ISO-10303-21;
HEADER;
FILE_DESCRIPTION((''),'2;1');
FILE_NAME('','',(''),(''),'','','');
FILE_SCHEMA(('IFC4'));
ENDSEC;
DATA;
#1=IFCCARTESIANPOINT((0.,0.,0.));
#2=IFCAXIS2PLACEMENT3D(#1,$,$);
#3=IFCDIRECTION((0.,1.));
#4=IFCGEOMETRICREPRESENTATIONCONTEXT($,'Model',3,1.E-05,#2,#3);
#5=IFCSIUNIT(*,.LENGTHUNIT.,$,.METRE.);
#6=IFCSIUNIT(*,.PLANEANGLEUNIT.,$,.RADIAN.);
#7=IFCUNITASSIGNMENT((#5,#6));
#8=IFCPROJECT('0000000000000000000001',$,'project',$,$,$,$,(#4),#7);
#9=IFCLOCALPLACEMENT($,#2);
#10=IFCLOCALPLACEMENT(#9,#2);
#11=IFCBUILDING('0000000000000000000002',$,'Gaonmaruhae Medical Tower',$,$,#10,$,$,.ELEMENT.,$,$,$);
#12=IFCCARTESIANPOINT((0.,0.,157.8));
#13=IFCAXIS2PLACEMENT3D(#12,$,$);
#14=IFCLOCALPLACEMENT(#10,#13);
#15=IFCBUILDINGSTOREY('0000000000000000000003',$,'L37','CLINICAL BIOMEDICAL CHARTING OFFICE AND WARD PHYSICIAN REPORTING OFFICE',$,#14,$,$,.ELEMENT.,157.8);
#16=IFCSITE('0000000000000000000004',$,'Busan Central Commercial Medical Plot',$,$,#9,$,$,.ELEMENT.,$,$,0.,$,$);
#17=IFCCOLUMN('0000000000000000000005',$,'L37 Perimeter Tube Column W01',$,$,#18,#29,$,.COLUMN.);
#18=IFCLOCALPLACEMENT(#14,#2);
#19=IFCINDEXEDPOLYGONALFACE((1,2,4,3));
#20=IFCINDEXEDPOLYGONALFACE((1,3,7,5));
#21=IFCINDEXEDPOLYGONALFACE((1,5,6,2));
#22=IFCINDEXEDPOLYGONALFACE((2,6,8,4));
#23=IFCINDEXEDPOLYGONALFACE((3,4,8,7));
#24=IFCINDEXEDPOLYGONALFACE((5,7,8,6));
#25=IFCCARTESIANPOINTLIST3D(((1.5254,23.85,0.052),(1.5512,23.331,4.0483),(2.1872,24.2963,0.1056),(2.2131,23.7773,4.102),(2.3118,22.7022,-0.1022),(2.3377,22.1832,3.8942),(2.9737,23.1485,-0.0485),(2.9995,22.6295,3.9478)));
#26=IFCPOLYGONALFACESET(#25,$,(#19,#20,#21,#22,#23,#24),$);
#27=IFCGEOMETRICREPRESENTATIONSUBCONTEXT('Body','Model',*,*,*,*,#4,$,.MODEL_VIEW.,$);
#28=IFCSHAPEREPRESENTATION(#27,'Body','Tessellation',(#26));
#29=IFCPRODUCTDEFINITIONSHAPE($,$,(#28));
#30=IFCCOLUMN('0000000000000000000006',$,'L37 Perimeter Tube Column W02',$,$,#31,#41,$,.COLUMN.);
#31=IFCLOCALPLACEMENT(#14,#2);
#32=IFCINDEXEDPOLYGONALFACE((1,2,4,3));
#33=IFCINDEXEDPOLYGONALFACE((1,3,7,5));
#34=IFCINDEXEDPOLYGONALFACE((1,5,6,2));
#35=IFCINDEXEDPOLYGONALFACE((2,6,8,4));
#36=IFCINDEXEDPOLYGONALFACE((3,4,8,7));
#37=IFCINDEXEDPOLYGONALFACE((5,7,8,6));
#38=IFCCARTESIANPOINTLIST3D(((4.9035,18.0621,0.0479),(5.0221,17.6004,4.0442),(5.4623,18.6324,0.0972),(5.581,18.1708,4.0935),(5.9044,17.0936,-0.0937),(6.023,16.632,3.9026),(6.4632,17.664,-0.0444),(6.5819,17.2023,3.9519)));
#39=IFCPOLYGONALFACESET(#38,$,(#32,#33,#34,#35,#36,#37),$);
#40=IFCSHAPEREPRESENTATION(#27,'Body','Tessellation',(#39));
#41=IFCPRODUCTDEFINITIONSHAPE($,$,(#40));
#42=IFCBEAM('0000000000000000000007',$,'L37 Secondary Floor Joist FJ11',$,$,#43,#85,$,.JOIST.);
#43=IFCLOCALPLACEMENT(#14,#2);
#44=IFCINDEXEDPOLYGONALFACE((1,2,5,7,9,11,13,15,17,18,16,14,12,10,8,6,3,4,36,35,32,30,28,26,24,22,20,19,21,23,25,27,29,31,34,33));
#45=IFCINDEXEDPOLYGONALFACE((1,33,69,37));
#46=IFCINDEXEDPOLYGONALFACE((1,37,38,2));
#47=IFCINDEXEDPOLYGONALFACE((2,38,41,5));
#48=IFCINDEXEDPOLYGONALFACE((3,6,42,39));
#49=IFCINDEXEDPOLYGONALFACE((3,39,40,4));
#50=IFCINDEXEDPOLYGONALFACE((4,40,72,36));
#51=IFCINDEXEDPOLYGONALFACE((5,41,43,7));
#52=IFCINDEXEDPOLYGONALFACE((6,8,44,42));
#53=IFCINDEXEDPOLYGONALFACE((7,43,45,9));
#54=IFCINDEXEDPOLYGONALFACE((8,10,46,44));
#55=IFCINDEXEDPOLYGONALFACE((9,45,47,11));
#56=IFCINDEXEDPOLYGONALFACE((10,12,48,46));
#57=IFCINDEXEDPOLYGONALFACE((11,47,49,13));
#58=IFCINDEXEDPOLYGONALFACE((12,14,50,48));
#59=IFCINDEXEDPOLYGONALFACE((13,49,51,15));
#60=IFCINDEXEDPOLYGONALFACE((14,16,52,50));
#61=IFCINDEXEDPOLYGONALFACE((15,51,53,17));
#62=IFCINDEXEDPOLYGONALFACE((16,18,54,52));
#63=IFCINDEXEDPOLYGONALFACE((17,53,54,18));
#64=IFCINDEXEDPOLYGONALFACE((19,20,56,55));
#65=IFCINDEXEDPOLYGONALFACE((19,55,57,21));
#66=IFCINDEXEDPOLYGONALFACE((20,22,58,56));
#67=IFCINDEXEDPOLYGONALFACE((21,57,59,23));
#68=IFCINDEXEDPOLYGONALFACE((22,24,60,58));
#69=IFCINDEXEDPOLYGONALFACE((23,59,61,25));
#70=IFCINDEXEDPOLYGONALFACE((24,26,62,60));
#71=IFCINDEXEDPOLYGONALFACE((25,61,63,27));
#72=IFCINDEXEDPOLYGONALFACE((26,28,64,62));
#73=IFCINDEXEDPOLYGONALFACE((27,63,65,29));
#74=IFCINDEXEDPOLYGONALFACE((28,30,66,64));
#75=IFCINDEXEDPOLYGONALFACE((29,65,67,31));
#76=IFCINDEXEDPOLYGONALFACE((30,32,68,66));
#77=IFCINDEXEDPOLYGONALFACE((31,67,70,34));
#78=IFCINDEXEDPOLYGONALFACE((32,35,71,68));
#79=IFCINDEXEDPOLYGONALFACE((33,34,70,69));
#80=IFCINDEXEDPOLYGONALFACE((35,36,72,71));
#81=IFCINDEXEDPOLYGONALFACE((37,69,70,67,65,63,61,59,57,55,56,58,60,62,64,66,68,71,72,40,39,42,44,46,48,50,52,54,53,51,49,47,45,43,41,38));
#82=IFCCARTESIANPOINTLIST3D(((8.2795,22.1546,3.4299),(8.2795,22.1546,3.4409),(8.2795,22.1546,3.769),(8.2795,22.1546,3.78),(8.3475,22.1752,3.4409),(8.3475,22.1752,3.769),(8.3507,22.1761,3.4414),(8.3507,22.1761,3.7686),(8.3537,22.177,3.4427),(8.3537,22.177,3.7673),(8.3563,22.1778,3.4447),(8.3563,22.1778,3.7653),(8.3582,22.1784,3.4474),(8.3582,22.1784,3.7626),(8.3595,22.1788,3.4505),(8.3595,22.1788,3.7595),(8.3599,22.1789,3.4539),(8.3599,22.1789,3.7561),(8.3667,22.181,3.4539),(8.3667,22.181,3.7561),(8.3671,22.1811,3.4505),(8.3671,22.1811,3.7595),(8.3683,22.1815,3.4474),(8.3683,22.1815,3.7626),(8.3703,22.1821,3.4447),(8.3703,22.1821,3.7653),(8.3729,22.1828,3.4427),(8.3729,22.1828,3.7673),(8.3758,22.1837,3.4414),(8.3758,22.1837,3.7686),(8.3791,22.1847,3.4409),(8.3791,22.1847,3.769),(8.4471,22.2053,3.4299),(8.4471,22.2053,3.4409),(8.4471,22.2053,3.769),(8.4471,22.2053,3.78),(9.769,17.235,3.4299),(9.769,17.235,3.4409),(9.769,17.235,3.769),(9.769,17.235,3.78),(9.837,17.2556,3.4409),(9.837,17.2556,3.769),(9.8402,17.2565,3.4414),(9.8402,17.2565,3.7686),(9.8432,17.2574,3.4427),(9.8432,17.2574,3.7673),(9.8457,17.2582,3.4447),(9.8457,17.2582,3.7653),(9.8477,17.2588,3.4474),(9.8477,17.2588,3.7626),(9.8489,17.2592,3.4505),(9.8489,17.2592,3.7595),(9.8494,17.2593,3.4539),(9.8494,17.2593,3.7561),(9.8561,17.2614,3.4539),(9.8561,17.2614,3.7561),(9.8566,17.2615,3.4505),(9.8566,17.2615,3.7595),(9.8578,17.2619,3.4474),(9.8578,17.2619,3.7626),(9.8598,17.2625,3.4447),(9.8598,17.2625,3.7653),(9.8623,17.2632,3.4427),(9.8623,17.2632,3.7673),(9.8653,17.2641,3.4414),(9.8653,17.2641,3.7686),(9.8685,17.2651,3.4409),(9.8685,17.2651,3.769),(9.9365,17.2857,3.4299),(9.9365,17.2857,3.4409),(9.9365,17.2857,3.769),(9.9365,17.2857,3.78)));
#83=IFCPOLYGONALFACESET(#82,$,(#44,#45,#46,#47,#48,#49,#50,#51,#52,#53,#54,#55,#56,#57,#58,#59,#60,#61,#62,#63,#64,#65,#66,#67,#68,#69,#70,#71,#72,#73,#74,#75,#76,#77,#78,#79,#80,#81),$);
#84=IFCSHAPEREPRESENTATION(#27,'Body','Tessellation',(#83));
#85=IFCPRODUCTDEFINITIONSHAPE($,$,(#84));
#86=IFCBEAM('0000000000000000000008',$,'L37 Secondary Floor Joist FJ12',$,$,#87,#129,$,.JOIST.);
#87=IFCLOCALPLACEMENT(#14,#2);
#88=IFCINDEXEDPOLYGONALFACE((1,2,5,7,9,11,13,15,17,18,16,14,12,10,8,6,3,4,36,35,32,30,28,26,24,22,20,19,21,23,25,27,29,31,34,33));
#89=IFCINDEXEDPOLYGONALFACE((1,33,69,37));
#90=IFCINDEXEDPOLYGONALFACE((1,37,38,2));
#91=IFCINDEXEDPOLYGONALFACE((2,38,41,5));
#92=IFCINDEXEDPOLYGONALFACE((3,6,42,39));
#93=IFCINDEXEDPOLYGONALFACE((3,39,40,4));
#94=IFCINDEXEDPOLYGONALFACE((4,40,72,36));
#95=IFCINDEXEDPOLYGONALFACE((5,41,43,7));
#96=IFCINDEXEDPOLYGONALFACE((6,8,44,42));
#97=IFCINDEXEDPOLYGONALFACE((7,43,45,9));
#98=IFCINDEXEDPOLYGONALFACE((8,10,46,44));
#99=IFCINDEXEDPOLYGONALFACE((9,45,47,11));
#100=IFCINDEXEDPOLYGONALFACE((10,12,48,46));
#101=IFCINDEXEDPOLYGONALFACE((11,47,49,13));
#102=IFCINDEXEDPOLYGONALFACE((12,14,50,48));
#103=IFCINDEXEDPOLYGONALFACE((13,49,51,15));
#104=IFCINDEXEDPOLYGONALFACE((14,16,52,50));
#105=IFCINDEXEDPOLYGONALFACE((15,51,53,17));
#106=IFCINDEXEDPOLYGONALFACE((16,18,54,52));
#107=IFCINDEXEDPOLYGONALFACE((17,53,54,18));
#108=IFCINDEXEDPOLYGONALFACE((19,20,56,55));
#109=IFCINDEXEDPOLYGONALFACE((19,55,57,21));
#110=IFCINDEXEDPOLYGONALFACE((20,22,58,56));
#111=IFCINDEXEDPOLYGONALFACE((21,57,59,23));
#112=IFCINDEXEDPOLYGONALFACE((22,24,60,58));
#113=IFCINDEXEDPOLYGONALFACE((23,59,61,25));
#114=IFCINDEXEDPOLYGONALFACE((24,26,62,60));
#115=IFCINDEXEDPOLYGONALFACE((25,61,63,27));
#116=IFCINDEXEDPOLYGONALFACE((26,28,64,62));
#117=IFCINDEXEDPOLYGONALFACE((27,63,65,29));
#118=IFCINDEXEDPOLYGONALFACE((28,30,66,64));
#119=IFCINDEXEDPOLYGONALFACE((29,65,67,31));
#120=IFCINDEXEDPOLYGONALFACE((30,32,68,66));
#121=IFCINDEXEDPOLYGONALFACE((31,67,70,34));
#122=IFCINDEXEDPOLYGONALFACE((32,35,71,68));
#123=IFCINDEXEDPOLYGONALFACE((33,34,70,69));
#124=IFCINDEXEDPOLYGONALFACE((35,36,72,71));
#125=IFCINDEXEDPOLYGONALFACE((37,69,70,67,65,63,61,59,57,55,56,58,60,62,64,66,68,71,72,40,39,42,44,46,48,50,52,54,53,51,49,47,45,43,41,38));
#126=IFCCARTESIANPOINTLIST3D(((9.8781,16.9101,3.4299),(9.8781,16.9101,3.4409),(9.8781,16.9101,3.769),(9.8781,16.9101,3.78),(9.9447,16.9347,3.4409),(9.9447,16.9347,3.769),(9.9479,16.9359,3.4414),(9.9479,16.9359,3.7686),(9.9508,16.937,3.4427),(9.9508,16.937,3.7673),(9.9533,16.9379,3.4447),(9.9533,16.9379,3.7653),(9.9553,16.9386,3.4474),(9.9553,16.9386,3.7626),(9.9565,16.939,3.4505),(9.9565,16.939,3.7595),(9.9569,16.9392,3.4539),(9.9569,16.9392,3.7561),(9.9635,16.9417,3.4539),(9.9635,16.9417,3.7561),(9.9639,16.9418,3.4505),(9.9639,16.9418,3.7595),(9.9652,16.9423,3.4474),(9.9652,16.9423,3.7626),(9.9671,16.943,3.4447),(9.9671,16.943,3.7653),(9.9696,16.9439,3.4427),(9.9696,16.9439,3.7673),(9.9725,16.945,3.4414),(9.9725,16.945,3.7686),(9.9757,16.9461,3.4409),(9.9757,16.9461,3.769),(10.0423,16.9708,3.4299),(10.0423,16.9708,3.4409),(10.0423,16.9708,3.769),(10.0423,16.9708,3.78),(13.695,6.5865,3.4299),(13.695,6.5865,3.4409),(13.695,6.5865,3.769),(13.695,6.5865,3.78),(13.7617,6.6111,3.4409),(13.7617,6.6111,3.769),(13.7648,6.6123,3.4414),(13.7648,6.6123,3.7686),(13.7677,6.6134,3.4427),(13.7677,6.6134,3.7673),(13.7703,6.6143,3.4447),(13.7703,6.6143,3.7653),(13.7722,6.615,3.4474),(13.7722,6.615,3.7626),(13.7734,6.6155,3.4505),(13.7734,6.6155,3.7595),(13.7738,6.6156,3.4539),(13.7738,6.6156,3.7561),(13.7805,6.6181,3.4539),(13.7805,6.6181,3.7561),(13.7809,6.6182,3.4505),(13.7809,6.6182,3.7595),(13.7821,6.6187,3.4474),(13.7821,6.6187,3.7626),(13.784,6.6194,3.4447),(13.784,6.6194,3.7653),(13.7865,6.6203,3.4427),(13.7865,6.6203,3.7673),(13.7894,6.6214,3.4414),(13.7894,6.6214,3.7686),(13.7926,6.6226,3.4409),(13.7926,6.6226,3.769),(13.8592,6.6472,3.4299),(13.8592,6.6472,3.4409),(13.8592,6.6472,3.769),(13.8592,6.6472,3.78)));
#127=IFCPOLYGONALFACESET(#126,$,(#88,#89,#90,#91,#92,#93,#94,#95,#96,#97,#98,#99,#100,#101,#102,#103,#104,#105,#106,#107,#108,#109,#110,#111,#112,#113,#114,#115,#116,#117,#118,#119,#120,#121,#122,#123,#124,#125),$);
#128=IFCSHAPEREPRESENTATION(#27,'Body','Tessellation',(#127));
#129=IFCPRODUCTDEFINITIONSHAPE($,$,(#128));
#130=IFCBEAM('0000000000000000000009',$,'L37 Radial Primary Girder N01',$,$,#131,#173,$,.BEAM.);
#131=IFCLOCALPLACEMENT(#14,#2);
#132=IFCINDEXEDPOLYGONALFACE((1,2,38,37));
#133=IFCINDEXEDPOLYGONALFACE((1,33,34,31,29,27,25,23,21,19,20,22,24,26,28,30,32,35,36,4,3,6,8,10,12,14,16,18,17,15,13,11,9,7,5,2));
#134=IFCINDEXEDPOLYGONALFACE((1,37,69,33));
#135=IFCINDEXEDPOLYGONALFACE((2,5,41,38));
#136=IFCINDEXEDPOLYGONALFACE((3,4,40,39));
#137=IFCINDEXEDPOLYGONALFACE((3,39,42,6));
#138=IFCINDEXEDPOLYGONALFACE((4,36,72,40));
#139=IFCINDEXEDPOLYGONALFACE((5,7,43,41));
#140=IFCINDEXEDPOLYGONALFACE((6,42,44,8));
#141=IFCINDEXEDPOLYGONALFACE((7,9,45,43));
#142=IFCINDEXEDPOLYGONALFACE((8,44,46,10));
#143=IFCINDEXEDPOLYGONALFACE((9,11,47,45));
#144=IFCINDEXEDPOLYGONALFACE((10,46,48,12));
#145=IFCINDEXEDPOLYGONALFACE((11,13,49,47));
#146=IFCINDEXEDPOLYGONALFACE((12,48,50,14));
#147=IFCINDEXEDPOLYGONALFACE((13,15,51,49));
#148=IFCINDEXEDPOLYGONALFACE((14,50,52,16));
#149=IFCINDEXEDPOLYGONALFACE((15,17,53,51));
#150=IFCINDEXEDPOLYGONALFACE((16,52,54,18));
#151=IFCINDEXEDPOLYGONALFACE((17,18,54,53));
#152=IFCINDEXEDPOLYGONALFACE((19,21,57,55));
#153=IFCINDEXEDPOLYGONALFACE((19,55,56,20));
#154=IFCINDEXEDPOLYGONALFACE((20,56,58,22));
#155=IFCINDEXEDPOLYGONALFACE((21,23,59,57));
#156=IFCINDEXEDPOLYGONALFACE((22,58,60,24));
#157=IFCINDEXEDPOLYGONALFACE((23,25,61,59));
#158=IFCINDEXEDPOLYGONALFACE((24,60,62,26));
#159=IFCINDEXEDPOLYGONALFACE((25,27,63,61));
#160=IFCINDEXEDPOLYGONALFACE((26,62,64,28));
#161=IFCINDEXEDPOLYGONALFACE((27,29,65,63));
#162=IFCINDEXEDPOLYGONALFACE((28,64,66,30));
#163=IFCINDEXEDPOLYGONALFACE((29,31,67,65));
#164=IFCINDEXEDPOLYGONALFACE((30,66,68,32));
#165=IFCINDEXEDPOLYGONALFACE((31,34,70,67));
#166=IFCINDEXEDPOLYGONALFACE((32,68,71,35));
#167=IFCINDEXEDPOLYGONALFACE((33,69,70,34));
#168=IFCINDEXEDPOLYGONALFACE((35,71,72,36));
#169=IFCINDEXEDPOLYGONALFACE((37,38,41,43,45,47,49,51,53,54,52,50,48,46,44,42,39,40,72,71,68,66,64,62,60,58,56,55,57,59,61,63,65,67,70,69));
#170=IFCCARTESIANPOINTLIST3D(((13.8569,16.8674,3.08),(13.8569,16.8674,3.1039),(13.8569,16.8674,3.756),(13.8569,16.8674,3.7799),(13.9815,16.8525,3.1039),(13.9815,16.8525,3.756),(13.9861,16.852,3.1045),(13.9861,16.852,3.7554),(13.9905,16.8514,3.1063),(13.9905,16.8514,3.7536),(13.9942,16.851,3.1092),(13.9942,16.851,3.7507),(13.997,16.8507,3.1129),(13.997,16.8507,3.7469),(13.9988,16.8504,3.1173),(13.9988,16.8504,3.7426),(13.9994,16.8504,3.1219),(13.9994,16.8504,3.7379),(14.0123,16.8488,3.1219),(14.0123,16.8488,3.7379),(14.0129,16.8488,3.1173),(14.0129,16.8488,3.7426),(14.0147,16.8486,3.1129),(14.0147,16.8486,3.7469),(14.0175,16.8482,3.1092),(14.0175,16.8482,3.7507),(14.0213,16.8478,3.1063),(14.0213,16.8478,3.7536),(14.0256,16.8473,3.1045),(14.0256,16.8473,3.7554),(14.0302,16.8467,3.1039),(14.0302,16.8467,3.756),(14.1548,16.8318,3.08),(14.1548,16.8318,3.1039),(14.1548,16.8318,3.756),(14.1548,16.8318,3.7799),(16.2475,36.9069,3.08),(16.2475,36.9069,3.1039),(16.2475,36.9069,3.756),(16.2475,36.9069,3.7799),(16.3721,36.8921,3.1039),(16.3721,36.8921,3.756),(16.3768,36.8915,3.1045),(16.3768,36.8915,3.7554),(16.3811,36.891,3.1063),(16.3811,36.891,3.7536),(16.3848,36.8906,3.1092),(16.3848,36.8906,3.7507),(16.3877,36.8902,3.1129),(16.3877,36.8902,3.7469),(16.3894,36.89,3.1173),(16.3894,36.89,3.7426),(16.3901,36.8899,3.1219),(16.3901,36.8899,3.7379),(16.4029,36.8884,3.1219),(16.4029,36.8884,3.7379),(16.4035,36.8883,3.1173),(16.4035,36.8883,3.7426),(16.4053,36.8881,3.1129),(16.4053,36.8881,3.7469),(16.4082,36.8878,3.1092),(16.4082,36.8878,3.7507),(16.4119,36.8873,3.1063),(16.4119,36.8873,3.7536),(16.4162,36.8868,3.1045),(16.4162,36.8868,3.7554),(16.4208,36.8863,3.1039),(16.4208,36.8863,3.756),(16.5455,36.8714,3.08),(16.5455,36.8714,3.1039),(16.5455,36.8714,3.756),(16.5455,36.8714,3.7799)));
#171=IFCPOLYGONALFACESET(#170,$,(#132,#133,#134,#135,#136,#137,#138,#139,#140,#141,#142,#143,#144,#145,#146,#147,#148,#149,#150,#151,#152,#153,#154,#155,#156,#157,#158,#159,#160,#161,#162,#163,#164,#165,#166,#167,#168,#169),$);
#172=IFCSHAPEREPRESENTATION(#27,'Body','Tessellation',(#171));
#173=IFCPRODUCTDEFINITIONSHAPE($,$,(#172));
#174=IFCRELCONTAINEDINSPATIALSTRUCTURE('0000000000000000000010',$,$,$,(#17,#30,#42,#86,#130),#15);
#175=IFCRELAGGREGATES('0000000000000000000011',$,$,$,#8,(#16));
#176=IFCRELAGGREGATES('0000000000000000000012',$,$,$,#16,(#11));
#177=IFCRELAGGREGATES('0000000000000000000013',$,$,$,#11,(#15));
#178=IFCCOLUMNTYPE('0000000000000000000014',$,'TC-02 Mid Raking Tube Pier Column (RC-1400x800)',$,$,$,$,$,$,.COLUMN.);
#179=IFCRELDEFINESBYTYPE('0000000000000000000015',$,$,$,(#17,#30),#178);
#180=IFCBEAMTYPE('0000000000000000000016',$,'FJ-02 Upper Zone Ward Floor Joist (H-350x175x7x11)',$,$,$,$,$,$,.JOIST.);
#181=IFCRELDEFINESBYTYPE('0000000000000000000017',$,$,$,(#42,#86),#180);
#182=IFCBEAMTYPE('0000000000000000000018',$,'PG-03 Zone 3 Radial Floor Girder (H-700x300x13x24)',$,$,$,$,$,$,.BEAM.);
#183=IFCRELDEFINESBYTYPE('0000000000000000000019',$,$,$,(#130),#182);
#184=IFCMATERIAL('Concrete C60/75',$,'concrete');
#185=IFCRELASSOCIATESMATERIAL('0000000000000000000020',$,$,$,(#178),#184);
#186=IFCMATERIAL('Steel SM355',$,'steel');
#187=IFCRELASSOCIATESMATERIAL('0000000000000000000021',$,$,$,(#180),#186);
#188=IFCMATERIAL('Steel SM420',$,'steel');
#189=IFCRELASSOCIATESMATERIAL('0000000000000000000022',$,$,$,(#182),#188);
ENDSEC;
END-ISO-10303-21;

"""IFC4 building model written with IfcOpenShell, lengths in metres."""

from ifc_helpers import new_model, si_unit, direction, frame, origin, origin_2d, place, context, subcontext, project, spatial, rectangle, i_section, extrude, material, material_profile, profile_set, type_object, element, save


model = new_model("IFC4")

# Units and contexts
model_context = context("Model", 3, precision=1e-05, world=origin(), true_north=direction((0.0, 1.0)))
body_context = subcontext(model_context, "Body", "Model", "MODEL_VIEW")
ifc_project = project(units=[si_unit("LENGTHUNIT", "METRE"), si_unit("PLANEANGLEUNIT", "RADIAN")], contexts=[model_context])

# Site, building, storey
site_placement = place(None, origin())
site = spatial("IfcSite", under=ifc_project, at=site_placement, Name="Busan Central Commercial Medical Plot", CompositionType="ELEMENT", RefElevation=0.0)
building_placement = place(site_placement, origin())
building = spatial("IfcBuilding", under=site, at=building_placement, Name="Gaonmaruhae Medical Tower", CompositionType="ELEMENT")
storey_placement = place(building_placement, frame((0.0, 0.0, 157.8)))
storey = spatial("IfcBuildingStorey", under=building, at=storey_placement, Name="L37", Description="CLINICAL BIOMEDICAL CHARTING OFFICE AND WARD PHYSICIAN REPORTING OFFICE", CompositionType="ELEMENT", Elevation=157.8)

# Columns
ifc_material_1 = material(Name="Concrete C60/75", Category="concrete")
ifc_material_profile_1 = material_profile(ifc_material_1, rectangle(XDim=1.3999, YDim=0.8, at=origin_2d()), Name="RC-1400x800")
ifc_profile_set_1 = profile_set([ifc_material_profile_1], Name="Concrete C60/75")
column_type = type_object("IfcColumnType", Name="TC-02 Mid Raking Tube Pier Column (RC-1400x800)", PredefinedType="COLUMN", material=ifc_profile_set_1)
column_1_placement = place(storey_placement, frame((2.2495, 23.4993, 0.0017), z_axis=(0.006422, -0.128795, 0.99165), x_axis=(-0.561791, 0.819916, 0.110128)))
element("IfcColumn", 1, at=column_1_placement, inside=storey, type_object=column_type, Name="L37 Perimeter Tube Column W01", PredefinedType="COLUMN", context=body_context, shape_type="SweptSolid", body=[
    extrude(rectangle(XDim=1.3999, YDim=0.8, at=origin_2d()), origin(), (0.0, 0.0, 1.0), 4.03),
])
column_2_placement = place(storey_placement, frame((5.6833, 17.863, 0.0017), z_axis=(0.029481, -0.11471, 0.992961), x_axis=(-0.71497, 0.6918, 0.101147)))
element("IfcColumn", 2, at=column_2_placement, inside=storey, type_object=column_type, Name="L37 Perimeter Tube Column W02", PredefinedType="COLUMN", context=body_context, shape_type="SweptSolid", body=[
    extrude(rectangle(XDim=1.3999, YDim=0.8, at=origin_2d()), origin(), (0.0, 0.0, 1.0), 4.0247),
])

# Beams
ifc_material_2 = material(Name="Steel SM355", Category="steel")
ifc_material_profile_2 = material_profile(ifc_material_2, i_section(OverallWidth=0.175, OverallDepth=0.3501, WebThickness=0.0071, FlangeThickness=0.011, FilletRadius=0.0129, at=origin_2d()), Name="H-350x175x7x11")
ifc_profile_set_2 = profile_set([ifc_material_profile_2], Name="Steel SM355")
beam_type_1 = type_object("IfcBeamType", Name="FJ-02 Upper Zone Ward Floor Joist (H-350x175x7x11)", PredefinedType="JOIST", material=ifc_profile_set_2)
beam_1_placement = place(storey_placement, frame((8.3633, 22.1799, 3.605), z_axis=(0.289774, -0.957095, 0.0), x_axis=(0.957095, 0.289774, 0.0)))
element("IfcBeam", 3, at=beam_1_placement, inside=storey, type_object=beam_type_1, Name="L37 Secondary Floor Joist FJ11", PredefinedType="JOIST", context=body_context, shape_type="SweptSolid", body=[
    extrude(i_section(OverallWidth=0.175, OverallDepth=0.3501, WebThickness=0.0071, FlangeThickness=0.011, FilletRadius=0.0129, at=origin_2d()), origin(), (0.0, 0.0, 1.0), 5.1401),
])
beam_2_placement = place(storey_placement, frame((9.9602, 16.9404, 3.605), z_axis=(0.346785, -0.937944, 0.0), x_axis=(0.937944, 0.346785, 0.0)))
element("IfcBeam", 4, at=beam_2_placement, inside=storey, type_object=beam_type_1, Name="L37 Secondary Floor Joist FJ12", PredefinedType="JOIST", context=body_context, shape_type="SweptSolid", body=[
    extrude(i_section(OverallWidth=0.175, OverallDepth=0.3501, WebThickness=0.0071, FlangeThickness=0.011, FilletRadius=0.0129, at=origin_2d()), origin(), (0.0, 0.0, 1.0), 11.0066),
])
ifc_material_3 = material(Name="Steel SM420", Category="steel")
ifc_material_profile_3 = material_profile(ifc_material_3, i_section(OverallWidth=0.3, OverallDepth=0.7, WebThickness=0.0129, FlangeThickness=0.0239, FilletRadius=0.0181, at=origin_2d()), Name="H-700x300x13x24")
ifc_profile_set_3 = profile_set([ifc_material_profile_3], Name="Steel SM420")
beam_type_2 = type_object("IfcBeamType", Name="PG-03 Zone 3 Radial Floor Girder (H-700x300x13x24)", PredefinedType="BEAM", material=ifc_profile_set_3)
beam_3_placement = place(storey_placement, frame((14.0059, 16.8496, 3.4299), z_axis=(0.118455, 0.992959, 0.0), x_axis=(-0.992959, 0.118455, 0.0)))
element("IfcBeam", 5, at=beam_3_placement, inside=storey, type_object=beam_type_2, Name="L37 Radial Primary Girder N01", PredefinedType="BEAM", context=body_context, shape_type="SweptSolid", body=[
    extrude(i_section(OverallWidth=0.3, OverallDepth=0.7, WebThickness=0.0129, FlangeThickness=0.0239, FilletRadius=0.0181, at=origin_2d()), origin(), (0.0, 0.0, 1.0), 20.1816),
])

save(model, "model.ifc")
